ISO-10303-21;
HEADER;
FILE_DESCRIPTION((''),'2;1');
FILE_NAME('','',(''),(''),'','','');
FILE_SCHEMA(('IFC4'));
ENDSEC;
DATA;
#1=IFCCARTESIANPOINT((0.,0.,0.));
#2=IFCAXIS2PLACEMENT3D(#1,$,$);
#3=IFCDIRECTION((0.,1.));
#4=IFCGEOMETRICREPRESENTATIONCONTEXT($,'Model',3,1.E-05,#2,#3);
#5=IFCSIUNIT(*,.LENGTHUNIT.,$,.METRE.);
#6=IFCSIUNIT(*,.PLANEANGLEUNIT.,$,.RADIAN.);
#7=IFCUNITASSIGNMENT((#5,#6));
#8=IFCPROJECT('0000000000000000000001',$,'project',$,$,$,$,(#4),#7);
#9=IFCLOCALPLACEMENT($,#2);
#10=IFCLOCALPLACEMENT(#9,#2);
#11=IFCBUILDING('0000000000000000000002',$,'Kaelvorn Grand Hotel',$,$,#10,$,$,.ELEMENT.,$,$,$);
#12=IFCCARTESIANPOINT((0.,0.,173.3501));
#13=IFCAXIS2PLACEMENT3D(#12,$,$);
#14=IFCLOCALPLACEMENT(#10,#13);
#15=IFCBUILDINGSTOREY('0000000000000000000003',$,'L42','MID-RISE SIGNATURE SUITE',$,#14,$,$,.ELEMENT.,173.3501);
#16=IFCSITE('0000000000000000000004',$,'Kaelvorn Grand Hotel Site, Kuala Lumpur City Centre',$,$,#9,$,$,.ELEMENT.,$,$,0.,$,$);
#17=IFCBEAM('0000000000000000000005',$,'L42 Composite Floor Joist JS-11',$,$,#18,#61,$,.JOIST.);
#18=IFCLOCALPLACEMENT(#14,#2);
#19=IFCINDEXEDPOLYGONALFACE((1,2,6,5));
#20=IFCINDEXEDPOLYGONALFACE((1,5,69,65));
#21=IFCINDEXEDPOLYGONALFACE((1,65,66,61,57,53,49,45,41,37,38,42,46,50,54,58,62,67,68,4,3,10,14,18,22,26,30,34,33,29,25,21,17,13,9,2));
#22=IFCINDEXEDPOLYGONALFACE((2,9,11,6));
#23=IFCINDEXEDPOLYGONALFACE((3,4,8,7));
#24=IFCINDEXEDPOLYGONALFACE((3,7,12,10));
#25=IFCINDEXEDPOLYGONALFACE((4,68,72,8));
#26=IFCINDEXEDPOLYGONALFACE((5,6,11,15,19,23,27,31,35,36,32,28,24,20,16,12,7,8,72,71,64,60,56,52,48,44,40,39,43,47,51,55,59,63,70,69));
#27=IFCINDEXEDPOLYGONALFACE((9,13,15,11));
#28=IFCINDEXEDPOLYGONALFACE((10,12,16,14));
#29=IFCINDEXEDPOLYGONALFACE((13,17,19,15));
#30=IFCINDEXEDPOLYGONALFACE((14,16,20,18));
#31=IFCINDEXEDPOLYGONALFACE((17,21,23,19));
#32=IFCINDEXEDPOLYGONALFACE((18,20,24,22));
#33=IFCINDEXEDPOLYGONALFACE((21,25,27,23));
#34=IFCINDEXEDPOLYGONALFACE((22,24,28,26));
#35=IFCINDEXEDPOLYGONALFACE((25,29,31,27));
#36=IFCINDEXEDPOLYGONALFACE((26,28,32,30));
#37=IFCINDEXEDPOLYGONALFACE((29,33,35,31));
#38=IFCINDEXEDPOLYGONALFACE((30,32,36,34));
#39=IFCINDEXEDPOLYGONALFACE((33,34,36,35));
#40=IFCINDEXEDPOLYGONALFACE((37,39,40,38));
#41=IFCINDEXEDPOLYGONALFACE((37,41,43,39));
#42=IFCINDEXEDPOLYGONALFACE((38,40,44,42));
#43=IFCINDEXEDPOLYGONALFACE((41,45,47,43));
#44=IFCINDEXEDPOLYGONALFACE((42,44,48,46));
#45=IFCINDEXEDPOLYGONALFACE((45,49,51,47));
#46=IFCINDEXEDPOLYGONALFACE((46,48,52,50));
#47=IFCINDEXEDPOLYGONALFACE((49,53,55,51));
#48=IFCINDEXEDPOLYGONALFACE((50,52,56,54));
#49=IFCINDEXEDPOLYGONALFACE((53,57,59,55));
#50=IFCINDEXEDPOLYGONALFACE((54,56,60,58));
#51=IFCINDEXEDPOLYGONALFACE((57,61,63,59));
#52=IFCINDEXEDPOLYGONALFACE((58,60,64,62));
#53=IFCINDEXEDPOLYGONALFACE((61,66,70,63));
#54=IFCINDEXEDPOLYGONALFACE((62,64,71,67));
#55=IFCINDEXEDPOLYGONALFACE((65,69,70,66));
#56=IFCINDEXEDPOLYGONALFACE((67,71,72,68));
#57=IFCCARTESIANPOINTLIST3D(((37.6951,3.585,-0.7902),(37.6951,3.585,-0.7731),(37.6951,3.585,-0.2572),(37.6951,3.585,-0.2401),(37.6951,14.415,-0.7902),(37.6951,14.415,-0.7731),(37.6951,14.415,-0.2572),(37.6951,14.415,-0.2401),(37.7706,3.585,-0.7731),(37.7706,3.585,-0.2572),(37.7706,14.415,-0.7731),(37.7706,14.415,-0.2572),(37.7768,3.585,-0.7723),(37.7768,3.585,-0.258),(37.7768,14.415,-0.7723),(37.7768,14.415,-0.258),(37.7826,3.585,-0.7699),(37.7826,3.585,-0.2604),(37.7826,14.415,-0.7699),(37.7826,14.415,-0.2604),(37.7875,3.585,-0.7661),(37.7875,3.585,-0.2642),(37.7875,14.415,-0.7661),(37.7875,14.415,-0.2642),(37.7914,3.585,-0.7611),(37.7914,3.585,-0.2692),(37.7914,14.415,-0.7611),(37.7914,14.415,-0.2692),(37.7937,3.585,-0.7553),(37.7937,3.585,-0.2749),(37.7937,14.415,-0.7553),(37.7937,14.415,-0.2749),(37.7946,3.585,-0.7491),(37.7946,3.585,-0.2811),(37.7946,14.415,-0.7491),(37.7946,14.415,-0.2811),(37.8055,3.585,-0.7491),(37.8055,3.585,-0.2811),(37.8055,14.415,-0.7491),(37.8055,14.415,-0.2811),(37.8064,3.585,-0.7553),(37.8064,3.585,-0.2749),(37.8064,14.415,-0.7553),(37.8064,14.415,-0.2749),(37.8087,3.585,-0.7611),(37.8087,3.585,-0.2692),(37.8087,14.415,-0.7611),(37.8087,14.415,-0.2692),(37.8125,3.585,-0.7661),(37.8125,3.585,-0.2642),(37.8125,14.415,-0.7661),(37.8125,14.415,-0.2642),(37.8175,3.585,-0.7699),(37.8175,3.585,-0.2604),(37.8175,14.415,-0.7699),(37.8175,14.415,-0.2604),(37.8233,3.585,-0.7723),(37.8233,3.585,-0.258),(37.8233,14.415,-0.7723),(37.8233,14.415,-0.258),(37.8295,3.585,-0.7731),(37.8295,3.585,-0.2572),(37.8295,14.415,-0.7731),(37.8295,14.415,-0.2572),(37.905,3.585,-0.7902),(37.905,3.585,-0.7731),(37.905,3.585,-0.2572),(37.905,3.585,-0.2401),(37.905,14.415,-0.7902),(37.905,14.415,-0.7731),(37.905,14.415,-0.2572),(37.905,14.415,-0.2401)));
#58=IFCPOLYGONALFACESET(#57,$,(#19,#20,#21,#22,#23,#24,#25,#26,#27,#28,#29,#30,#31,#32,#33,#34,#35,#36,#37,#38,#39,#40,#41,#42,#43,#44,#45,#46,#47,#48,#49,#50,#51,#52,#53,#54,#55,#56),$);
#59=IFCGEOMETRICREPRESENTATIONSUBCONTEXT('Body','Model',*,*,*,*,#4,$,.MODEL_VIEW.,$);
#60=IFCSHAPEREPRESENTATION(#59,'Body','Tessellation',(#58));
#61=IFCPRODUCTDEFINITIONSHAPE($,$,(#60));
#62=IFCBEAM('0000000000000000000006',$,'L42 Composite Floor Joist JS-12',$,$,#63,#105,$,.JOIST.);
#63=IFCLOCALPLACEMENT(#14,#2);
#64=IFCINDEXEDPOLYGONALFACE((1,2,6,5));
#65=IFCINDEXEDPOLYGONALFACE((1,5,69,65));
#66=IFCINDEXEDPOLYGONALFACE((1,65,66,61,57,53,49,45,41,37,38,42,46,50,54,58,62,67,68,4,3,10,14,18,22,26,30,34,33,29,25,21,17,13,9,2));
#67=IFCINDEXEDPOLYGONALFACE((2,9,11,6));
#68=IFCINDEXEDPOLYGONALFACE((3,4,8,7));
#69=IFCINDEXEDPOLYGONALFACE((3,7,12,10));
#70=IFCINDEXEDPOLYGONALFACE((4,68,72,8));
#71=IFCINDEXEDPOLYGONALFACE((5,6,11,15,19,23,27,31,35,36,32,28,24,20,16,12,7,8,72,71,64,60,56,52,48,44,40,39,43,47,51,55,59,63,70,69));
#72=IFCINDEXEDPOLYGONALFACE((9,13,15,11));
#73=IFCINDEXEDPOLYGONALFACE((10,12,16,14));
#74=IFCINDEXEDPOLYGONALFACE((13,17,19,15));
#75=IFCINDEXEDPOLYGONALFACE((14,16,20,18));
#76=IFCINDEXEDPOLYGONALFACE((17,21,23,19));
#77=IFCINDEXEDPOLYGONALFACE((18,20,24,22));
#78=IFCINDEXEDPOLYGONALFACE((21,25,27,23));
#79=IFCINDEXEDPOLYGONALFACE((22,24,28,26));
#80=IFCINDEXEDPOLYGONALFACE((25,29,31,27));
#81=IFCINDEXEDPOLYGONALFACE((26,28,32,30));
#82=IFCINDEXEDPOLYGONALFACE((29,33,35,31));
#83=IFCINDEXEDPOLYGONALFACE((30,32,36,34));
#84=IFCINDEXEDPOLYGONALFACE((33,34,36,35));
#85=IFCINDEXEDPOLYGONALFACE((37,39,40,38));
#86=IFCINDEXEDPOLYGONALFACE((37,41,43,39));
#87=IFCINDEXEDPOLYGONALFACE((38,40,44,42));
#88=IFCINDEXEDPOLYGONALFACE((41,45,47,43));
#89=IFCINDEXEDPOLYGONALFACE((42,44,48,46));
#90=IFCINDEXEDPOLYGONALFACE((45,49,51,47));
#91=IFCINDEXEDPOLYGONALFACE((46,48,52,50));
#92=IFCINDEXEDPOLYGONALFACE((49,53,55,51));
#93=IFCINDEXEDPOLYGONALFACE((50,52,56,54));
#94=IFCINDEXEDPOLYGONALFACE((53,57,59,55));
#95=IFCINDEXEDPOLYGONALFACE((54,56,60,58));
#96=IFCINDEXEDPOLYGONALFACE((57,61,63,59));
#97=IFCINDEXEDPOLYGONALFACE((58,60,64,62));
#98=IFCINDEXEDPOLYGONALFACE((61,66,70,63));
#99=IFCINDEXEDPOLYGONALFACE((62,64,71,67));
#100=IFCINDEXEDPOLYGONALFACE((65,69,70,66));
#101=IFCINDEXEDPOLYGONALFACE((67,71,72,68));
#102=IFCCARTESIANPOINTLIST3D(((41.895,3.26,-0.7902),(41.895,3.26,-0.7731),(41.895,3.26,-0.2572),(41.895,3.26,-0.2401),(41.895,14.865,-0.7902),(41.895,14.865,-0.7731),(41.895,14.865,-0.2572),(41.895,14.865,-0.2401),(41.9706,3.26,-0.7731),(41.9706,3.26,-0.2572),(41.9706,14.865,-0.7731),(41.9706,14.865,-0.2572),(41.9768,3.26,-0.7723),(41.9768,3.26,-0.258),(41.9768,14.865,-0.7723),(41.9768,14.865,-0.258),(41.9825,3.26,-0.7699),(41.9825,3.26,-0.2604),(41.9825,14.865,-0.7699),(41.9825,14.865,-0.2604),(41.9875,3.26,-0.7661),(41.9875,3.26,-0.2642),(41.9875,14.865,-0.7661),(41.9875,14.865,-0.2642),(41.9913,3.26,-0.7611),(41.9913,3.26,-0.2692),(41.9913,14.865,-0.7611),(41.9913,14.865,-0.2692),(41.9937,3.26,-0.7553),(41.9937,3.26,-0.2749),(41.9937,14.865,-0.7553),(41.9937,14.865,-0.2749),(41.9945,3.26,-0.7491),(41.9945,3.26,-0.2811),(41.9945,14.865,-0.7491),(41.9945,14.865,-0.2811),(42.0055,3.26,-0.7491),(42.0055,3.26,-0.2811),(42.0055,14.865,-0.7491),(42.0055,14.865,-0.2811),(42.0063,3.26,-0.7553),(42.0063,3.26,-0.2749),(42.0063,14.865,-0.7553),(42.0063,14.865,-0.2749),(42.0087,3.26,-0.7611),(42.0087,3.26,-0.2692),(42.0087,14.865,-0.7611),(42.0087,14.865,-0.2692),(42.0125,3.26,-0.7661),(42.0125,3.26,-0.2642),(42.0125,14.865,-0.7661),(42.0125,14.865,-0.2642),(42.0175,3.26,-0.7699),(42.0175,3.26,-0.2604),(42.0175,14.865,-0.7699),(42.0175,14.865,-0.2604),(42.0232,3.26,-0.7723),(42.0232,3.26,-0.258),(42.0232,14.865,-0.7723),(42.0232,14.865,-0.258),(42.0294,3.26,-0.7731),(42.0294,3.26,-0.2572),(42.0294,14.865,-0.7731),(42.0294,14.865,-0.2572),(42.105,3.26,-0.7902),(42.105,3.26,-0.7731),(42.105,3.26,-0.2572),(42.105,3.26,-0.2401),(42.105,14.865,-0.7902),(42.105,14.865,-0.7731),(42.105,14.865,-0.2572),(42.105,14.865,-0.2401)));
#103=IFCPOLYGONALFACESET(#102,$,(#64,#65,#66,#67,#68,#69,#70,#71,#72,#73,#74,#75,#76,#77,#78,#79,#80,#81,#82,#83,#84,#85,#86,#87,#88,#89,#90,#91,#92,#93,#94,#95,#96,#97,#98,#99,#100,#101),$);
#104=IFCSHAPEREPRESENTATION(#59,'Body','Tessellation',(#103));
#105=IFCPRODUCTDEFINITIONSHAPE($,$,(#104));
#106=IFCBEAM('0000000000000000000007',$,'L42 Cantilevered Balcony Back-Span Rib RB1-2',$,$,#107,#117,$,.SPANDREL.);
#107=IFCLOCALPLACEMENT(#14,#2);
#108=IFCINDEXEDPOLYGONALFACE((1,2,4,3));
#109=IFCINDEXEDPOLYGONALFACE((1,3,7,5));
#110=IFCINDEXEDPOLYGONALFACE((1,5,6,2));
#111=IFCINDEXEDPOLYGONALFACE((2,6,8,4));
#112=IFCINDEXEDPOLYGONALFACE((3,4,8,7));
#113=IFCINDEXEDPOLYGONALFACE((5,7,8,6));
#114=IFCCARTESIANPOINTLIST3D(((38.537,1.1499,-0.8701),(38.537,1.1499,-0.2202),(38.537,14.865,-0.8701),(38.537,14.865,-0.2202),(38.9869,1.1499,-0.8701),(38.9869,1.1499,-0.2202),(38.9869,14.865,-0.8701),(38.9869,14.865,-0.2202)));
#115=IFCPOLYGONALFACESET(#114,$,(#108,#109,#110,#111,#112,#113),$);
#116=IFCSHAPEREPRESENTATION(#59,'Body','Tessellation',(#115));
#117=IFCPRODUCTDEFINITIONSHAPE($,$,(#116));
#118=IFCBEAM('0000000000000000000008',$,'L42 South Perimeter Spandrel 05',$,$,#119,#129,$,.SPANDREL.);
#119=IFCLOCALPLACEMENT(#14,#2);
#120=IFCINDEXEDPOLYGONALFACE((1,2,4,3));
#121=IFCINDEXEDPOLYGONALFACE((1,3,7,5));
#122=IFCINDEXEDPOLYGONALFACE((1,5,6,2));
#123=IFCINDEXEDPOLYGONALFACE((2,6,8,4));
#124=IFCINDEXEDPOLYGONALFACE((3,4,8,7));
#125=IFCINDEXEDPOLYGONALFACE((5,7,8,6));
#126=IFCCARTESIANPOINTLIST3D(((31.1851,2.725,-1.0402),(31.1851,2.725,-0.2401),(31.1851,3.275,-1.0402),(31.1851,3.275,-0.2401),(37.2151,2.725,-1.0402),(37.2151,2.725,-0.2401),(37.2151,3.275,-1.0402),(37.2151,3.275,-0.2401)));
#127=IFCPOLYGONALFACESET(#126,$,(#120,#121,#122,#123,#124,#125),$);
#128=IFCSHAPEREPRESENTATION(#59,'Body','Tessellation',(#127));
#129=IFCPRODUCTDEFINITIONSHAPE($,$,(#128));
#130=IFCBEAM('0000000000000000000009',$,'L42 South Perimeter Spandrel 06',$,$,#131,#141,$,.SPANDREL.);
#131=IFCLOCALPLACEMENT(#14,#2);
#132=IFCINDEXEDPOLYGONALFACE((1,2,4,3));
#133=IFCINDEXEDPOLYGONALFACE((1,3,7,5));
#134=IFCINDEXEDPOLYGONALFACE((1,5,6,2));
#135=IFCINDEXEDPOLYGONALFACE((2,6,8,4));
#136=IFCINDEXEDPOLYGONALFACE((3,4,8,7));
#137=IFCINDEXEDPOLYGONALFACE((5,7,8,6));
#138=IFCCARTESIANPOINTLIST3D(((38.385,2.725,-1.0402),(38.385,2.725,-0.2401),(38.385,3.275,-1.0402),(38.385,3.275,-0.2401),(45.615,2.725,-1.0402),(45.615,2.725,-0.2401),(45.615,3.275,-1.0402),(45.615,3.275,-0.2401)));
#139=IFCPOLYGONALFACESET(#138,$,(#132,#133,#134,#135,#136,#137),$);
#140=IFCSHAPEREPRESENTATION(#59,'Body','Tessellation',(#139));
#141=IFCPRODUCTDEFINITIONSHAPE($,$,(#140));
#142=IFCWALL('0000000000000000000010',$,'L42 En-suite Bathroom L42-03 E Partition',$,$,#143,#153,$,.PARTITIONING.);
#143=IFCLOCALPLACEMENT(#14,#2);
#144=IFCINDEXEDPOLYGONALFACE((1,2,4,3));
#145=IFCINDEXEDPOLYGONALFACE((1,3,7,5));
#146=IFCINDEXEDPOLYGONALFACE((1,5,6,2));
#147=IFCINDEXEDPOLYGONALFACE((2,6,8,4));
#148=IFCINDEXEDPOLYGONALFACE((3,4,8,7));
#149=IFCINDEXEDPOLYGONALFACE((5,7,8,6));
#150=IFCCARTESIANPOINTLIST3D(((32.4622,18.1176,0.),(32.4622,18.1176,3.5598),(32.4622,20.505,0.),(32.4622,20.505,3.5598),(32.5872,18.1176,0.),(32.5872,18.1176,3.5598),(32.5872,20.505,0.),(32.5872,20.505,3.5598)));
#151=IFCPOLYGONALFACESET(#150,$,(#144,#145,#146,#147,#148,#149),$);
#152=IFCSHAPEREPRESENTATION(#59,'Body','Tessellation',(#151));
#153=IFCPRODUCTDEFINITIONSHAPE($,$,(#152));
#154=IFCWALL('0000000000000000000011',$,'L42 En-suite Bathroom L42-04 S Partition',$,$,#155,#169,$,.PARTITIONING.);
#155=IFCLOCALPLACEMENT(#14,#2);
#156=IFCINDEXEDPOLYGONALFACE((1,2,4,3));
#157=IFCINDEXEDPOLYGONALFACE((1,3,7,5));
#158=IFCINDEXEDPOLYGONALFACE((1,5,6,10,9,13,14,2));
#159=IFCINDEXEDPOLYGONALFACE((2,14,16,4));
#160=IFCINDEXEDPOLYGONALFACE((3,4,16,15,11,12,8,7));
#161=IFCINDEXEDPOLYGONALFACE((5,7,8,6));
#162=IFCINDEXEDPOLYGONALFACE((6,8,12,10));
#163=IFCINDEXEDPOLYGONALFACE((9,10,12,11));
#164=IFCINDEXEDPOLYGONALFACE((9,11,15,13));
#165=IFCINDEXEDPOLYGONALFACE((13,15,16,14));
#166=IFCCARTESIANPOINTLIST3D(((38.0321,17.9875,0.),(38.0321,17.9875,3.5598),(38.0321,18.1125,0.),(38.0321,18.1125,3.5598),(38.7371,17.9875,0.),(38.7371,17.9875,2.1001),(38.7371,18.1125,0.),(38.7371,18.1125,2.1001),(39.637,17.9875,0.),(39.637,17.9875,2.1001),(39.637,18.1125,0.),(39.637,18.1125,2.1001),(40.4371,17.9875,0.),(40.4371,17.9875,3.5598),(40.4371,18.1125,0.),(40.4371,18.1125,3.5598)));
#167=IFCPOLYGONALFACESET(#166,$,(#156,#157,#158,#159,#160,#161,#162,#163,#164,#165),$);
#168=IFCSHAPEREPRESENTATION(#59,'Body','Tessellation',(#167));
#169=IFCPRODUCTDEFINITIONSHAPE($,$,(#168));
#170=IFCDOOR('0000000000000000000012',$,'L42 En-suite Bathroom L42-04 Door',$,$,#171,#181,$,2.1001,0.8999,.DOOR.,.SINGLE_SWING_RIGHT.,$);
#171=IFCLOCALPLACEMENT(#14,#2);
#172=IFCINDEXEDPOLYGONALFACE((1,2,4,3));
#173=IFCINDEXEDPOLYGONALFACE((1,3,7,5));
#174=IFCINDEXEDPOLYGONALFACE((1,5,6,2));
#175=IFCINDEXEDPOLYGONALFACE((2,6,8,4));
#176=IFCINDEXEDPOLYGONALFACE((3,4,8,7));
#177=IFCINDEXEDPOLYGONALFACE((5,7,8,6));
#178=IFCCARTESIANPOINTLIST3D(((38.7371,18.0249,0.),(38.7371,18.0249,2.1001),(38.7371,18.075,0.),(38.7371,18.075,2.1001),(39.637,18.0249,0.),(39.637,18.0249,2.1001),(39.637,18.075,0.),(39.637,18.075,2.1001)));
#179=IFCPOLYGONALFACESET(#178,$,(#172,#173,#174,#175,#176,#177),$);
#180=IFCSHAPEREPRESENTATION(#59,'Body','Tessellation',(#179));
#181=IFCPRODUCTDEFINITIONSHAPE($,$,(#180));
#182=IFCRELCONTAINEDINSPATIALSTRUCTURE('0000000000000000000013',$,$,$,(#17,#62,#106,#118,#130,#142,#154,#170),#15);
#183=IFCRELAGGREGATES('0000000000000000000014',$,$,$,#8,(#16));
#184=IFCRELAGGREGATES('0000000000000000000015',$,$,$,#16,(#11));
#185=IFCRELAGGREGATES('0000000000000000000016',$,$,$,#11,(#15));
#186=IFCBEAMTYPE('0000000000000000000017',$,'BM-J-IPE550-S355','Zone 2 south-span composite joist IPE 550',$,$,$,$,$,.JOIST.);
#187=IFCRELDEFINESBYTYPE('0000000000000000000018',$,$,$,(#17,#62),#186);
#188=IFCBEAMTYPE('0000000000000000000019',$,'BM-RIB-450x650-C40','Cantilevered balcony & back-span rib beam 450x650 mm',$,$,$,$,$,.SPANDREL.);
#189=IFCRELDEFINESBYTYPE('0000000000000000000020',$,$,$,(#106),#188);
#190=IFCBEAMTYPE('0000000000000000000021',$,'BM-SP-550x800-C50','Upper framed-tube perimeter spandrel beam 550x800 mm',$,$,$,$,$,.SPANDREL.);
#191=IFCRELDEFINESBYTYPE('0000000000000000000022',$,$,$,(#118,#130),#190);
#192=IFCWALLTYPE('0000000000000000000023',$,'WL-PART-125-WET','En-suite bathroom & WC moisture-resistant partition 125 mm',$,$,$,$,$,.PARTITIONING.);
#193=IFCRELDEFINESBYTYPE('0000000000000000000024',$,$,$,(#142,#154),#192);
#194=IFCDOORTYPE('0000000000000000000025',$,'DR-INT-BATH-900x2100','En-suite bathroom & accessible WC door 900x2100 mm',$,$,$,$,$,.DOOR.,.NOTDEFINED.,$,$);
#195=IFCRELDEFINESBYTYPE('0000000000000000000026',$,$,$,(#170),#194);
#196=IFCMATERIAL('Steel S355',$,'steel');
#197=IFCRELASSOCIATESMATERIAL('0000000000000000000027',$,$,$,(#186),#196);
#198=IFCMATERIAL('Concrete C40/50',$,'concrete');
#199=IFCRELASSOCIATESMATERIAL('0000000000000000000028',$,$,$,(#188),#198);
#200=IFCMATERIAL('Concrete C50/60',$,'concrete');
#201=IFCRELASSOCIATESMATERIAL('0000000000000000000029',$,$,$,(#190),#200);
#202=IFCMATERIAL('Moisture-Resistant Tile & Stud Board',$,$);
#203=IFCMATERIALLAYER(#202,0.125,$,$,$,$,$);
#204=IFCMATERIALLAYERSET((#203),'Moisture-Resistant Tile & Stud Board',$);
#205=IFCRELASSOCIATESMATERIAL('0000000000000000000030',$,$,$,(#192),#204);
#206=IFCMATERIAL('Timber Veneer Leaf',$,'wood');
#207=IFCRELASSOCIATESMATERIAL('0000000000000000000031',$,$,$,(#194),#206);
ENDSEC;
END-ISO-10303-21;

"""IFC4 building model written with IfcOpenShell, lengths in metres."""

from ifc_helpers import new_model, si_unit, direction, frame, frame_2d, origin, origin_2d, place, context, subcontext, project, spatial, rectangle, i_section, extrude, material, layer, layer_set, material_profile, profile_set, type_object, element, fill, save


model = new_model("IFC4")

# Units and contexts
model_context = context("Model", 3, precision=1e-05, world=origin(), true_north=direction((0.0, 1.0)))
body_context = subcontext(model_context, "Body", "Model", "MODEL_VIEW")
ifc_project = project(units=[si_unit("LENGTHUNIT", "METRE"), si_unit("PLANEANGLEUNIT", "RADIAN")], contexts=[model_context])

# Site, building, storey
site_placement = place(None, origin())
site = spatial("IfcSite", under=ifc_project, at=site_placement, Name="Kaelvorn Grand Hotel Site, Kuala Lumpur City Centre", CompositionType="ELEMENT", RefElevation=0.0)
building_placement = place(site_placement, origin())
building = spatial("IfcBuilding", under=site, at=building_placement, Name="Kaelvorn Grand Hotel", CompositionType="ELEMENT")
storey_placement = place(building_placement, frame((0.0, 0.0, 173.3501)))
storey = spatial("IfcBuildingStorey", under=building, at=storey_placement, Name="L42", Description="MID-RISE SIGNATURE SUITE", CompositionType="ELEMENT", Elevation=173.3501)

# Beams
ifc_material_1 = material(Name="Steel S355", Category="steel")
ifc_material_profile_1 = material_profile(ifc_material_1, i_section(OverallWidth=0.21, OverallDepth=0.55, WebThickness=0.011, FlangeThickness=0.0171, FilletRadius=0.0239, at=origin_2d()), Name="IPE 550")
ifc_profile_set_1 = profile_set([ifc_material_profile_1], Name="Steel S355")
beam_type_1 = type_object("IfcBeamType", Name="BM-J-IPE550-S355", Description="Zone 2 south-span composite joist IPE 550", PredefinedType="JOIST", material=ifc_profile_set_1)
beam_1_placement = place(storey_placement, frame((37.8, 3.585, -0.5151), z_axis=(0.0, 1.0, 0.0), x_axis=(-1.0, 0.0, 0.0)))
element("IfcBeam", 1, at=beam_1_placement, inside=storey, type_object=beam_type_1, Name="L42 Composite Floor Joist JS-11", PredefinedType="JOIST", context=body_context, shape_type="SweptSolid", body=[
    extrude(i_section(OverallWidth=0.21, OverallDepth=0.55, WebThickness=0.011, FlangeThickness=0.0171, FilletRadius=0.0239, at=origin_2d()), origin(), (0.0, 0.0, 1.0), 10.8301),
])
beam_2_placement = place(storey_placement, frame((42.0, 3.26, -0.5151), z_axis=(0.0, 1.0, 0.0), x_axis=(-1.0, 0.0, 0.0)))
element("IfcBeam", 2, at=beam_2_placement, inside=storey, type_object=beam_type_1, Name="L42 Composite Floor Joist JS-12", PredefinedType="JOIST", context=body_context, shape_type="SweptSolid", body=[
    extrude(i_section(OverallWidth=0.21, OverallDepth=0.55, WebThickness=0.011, FlangeThickness=0.0171, FilletRadius=0.0239, at=origin_2d()), origin(), (0.0, 0.0, 1.0), 11.605),
])
ifc_material_2 = material(Name="Concrete C40/50", Category="concrete")
ifc_material_profile_2 = material_profile(ifc_material_2, rectangle(XDim=0.45, YDim=0.6499, at=origin_2d()), Name="RC RIB 450x650")
ifc_profile_set_2 = profile_set([ifc_material_profile_2], Name="Concrete C40/50")
beam_type_2 = type_object("IfcBeamType", Name="BM-RIB-450x650-C40", Description="Cantilevered balcony & back-span rib beam 450x650 mm", PredefinedType="SPANDREL", material=ifc_profile_set_2)
beam_3_placement = place(storey_placement, frame((38.762, 1.1499, -0.5452), z_axis=(0.0, 1.0, 0.0), x_axis=(-1.0, 0.0, 0.0)))
element("IfcBeam", 3, at=beam_3_placement, inside=storey, type_object=beam_type_2, Name="L42 Cantilevered Balcony Back-Span Rib RB1-2", PredefinedType="SPANDREL", context=body_context, shape_type="SweptSolid", body=[
    extrude(rectangle(XDim=0.45, YDim=0.6499, at=origin_2d()), origin(), (0.0, 0.0, 1.0), 13.7151),
])
ifc_material_3 = material(Name="Concrete C50/60", Category="concrete")
ifc_material_profile_3 = material_profile(ifc_material_3, rectangle(XDim=0.55, YDim=0.8, at=origin_2d()), Name="RC SPANDREL 550x800")
ifc_profile_set_3 = profile_set([ifc_material_profile_3], Name="Concrete C50/60")
beam_type_3 = type_object("IfcBeamType", Name="BM-SP-550x800-C50", Description="Upper framed-tube perimeter spandrel beam 550x800 mm", PredefinedType="SPANDREL", material=ifc_profile_set_3)
beam_4_placement = place(storey_placement, frame((31.1851, 3.0, -0.6401), z_axis=(1.0, 0.0, 0.0), x_axis=(0.0, 1.0, 0.0)))
element("IfcBeam", 4, at=beam_4_placement, inside=storey, type_object=beam_type_3, Name="L42 South Perimeter Spandrel 05", PredefinedType="SPANDREL", context=body_context, shape_type="SweptSolid", body=[
    extrude(rectangle(XDim=0.55, YDim=0.8, at=origin_2d()), origin(), (0.0, 0.0, 1.0), 6.03),
])
beam_5_placement = place(storey_placement, frame((38.385, 3.0, -0.6401), z_axis=(1.0, 0.0, 0.0), x_axis=(0.0, 1.0, 0.0)))
element("IfcBeam", 5, at=beam_5_placement, inside=storey, type_object=beam_type_3, Name="L42 South Perimeter Spandrel 06", PredefinedType="SPANDREL", context=body_context, shape_type="SweptSolid", body=[
    extrude(rectangle(XDim=0.55, YDim=0.8, at=origin_2d()), origin(), (0.0, 0.0, 1.0), 7.23),
])

# Wall
ifc_material_4 = material(Name="Moisture-Resistant Tile & Stud Board")
ifc_layer_1 = layer(ifc_material_4, 0.125)
ifc_layer_set_1 = layer_set([ifc_layer_1], Name="Moisture-Resistant Tile & Stud Board")
wall_type_1 = type_object("IfcWallType", Name="WL-PART-125-WET", Description="En-suite bathroom & WC moisture-resistant partition 125 mm", PredefinedType="PARTITIONING", material=ifc_layer_set_1)
wall_1_placement = place(storey_placement, frame((32.5247, 18.1174, 0.0), z_axis=(0.0, 0.0, 1.0), x_axis=(0.0, 1.0, 0.0)))
element("IfcWall", 6, at=wall_1_placement, inside=storey, type_object=wall_type_1, Name="L42 En-suite Bathroom L42-03 E Partition", PredefinedType="PARTITIONING", context=body_context, shape_type="SweptSolid", body=[
    extrude(rectangle(XDim=2.3875, YDim=0.125, at=frame_2d((1.1938, 0.0))), origin(), (0.0, 0.0, 1.0), 3.5598),
])

# Wall, opening, door
wall_2_placement = place(storey_placement, frame((38.032, 18.05, 0.0), z_axis=(0.0, 0.0, 1.0), x_axis=(1.0, 0.0, 0.0)))
wall_2 = element("IfcWall", 7, at=wall_2_placement, inside=storey, type_object=wall_type_1, Name="L42 En-suite Bathroom L42-04 S Partition", PredefinedType="PARTITIONING", context=body_context, shape_type="SweptSolid", body=[
    extrude(rectangle(XDim=2.405, YDim=0.125, at=frame_2d((1.2026, 0.0))), origin(), (0.0, 0.0, 1.0), 3.5598),
])
opening_1_placement = place(wall_2_placement, frame((0.7051, 0.0, 0.0)))
opening_1 = element("IfcOpeningElement", 8, at=opening_1_placement, cuts=wall_2, PredefinedType="OPENING", context=body_context, shape_type="SweptSolid", body=[
    extrude(rectangle(XDim=0.8999, YDim=2.1001, at=frame_2d((0.45, 1.05))), frame((0.0, 0.0725, 0.0), z_axis=(0.0, -1.0, 0.0), x_axis=(1.0, 0.0, 0.0)), (0.0, 0.0, 1.0), 0.145),
])
ifc_material_5 = material(Name="Timber Veneer Leaf", Category="wood")
door_type_1 = type_object("IfcDoorType", Name="DR-INT-BATH-900x2100", Description="En-suite bathroom & accessible WC door 900x2100 mm", OperationType="NOTDEFINED", PredefinedType="DOOR", material=ifc_material_5)
door_1_placement = place(opening_1_placement, origin())
door_1 = element("IfcDoor", 9, at=door_1_placement, inside=storey, type_object=door_type_1, Name="L42 En-suite Bathroom L42-04 Door", OperationType="SINGLE_SWING_RIGHT", OverallHeight=2.1001, OverallWidth=0.8999, PredefinedType="DOOR", context=body_context, shape_type="SweptSolid", body=[
    extrude(rectangle(XDim=0.8999, YDim=2.1001, at=frame_2d((0.45, 1.05))), frame((0.0, 0.0249, 0.0), z_axis=(0.0, -1.0, 0.0), x_axis=(1.0, 0.0, 0.0)), (0.0, 0.0, 1.0), 0.05),
])
fill(opening_1, door_1)

save(model, "model.ifc")
